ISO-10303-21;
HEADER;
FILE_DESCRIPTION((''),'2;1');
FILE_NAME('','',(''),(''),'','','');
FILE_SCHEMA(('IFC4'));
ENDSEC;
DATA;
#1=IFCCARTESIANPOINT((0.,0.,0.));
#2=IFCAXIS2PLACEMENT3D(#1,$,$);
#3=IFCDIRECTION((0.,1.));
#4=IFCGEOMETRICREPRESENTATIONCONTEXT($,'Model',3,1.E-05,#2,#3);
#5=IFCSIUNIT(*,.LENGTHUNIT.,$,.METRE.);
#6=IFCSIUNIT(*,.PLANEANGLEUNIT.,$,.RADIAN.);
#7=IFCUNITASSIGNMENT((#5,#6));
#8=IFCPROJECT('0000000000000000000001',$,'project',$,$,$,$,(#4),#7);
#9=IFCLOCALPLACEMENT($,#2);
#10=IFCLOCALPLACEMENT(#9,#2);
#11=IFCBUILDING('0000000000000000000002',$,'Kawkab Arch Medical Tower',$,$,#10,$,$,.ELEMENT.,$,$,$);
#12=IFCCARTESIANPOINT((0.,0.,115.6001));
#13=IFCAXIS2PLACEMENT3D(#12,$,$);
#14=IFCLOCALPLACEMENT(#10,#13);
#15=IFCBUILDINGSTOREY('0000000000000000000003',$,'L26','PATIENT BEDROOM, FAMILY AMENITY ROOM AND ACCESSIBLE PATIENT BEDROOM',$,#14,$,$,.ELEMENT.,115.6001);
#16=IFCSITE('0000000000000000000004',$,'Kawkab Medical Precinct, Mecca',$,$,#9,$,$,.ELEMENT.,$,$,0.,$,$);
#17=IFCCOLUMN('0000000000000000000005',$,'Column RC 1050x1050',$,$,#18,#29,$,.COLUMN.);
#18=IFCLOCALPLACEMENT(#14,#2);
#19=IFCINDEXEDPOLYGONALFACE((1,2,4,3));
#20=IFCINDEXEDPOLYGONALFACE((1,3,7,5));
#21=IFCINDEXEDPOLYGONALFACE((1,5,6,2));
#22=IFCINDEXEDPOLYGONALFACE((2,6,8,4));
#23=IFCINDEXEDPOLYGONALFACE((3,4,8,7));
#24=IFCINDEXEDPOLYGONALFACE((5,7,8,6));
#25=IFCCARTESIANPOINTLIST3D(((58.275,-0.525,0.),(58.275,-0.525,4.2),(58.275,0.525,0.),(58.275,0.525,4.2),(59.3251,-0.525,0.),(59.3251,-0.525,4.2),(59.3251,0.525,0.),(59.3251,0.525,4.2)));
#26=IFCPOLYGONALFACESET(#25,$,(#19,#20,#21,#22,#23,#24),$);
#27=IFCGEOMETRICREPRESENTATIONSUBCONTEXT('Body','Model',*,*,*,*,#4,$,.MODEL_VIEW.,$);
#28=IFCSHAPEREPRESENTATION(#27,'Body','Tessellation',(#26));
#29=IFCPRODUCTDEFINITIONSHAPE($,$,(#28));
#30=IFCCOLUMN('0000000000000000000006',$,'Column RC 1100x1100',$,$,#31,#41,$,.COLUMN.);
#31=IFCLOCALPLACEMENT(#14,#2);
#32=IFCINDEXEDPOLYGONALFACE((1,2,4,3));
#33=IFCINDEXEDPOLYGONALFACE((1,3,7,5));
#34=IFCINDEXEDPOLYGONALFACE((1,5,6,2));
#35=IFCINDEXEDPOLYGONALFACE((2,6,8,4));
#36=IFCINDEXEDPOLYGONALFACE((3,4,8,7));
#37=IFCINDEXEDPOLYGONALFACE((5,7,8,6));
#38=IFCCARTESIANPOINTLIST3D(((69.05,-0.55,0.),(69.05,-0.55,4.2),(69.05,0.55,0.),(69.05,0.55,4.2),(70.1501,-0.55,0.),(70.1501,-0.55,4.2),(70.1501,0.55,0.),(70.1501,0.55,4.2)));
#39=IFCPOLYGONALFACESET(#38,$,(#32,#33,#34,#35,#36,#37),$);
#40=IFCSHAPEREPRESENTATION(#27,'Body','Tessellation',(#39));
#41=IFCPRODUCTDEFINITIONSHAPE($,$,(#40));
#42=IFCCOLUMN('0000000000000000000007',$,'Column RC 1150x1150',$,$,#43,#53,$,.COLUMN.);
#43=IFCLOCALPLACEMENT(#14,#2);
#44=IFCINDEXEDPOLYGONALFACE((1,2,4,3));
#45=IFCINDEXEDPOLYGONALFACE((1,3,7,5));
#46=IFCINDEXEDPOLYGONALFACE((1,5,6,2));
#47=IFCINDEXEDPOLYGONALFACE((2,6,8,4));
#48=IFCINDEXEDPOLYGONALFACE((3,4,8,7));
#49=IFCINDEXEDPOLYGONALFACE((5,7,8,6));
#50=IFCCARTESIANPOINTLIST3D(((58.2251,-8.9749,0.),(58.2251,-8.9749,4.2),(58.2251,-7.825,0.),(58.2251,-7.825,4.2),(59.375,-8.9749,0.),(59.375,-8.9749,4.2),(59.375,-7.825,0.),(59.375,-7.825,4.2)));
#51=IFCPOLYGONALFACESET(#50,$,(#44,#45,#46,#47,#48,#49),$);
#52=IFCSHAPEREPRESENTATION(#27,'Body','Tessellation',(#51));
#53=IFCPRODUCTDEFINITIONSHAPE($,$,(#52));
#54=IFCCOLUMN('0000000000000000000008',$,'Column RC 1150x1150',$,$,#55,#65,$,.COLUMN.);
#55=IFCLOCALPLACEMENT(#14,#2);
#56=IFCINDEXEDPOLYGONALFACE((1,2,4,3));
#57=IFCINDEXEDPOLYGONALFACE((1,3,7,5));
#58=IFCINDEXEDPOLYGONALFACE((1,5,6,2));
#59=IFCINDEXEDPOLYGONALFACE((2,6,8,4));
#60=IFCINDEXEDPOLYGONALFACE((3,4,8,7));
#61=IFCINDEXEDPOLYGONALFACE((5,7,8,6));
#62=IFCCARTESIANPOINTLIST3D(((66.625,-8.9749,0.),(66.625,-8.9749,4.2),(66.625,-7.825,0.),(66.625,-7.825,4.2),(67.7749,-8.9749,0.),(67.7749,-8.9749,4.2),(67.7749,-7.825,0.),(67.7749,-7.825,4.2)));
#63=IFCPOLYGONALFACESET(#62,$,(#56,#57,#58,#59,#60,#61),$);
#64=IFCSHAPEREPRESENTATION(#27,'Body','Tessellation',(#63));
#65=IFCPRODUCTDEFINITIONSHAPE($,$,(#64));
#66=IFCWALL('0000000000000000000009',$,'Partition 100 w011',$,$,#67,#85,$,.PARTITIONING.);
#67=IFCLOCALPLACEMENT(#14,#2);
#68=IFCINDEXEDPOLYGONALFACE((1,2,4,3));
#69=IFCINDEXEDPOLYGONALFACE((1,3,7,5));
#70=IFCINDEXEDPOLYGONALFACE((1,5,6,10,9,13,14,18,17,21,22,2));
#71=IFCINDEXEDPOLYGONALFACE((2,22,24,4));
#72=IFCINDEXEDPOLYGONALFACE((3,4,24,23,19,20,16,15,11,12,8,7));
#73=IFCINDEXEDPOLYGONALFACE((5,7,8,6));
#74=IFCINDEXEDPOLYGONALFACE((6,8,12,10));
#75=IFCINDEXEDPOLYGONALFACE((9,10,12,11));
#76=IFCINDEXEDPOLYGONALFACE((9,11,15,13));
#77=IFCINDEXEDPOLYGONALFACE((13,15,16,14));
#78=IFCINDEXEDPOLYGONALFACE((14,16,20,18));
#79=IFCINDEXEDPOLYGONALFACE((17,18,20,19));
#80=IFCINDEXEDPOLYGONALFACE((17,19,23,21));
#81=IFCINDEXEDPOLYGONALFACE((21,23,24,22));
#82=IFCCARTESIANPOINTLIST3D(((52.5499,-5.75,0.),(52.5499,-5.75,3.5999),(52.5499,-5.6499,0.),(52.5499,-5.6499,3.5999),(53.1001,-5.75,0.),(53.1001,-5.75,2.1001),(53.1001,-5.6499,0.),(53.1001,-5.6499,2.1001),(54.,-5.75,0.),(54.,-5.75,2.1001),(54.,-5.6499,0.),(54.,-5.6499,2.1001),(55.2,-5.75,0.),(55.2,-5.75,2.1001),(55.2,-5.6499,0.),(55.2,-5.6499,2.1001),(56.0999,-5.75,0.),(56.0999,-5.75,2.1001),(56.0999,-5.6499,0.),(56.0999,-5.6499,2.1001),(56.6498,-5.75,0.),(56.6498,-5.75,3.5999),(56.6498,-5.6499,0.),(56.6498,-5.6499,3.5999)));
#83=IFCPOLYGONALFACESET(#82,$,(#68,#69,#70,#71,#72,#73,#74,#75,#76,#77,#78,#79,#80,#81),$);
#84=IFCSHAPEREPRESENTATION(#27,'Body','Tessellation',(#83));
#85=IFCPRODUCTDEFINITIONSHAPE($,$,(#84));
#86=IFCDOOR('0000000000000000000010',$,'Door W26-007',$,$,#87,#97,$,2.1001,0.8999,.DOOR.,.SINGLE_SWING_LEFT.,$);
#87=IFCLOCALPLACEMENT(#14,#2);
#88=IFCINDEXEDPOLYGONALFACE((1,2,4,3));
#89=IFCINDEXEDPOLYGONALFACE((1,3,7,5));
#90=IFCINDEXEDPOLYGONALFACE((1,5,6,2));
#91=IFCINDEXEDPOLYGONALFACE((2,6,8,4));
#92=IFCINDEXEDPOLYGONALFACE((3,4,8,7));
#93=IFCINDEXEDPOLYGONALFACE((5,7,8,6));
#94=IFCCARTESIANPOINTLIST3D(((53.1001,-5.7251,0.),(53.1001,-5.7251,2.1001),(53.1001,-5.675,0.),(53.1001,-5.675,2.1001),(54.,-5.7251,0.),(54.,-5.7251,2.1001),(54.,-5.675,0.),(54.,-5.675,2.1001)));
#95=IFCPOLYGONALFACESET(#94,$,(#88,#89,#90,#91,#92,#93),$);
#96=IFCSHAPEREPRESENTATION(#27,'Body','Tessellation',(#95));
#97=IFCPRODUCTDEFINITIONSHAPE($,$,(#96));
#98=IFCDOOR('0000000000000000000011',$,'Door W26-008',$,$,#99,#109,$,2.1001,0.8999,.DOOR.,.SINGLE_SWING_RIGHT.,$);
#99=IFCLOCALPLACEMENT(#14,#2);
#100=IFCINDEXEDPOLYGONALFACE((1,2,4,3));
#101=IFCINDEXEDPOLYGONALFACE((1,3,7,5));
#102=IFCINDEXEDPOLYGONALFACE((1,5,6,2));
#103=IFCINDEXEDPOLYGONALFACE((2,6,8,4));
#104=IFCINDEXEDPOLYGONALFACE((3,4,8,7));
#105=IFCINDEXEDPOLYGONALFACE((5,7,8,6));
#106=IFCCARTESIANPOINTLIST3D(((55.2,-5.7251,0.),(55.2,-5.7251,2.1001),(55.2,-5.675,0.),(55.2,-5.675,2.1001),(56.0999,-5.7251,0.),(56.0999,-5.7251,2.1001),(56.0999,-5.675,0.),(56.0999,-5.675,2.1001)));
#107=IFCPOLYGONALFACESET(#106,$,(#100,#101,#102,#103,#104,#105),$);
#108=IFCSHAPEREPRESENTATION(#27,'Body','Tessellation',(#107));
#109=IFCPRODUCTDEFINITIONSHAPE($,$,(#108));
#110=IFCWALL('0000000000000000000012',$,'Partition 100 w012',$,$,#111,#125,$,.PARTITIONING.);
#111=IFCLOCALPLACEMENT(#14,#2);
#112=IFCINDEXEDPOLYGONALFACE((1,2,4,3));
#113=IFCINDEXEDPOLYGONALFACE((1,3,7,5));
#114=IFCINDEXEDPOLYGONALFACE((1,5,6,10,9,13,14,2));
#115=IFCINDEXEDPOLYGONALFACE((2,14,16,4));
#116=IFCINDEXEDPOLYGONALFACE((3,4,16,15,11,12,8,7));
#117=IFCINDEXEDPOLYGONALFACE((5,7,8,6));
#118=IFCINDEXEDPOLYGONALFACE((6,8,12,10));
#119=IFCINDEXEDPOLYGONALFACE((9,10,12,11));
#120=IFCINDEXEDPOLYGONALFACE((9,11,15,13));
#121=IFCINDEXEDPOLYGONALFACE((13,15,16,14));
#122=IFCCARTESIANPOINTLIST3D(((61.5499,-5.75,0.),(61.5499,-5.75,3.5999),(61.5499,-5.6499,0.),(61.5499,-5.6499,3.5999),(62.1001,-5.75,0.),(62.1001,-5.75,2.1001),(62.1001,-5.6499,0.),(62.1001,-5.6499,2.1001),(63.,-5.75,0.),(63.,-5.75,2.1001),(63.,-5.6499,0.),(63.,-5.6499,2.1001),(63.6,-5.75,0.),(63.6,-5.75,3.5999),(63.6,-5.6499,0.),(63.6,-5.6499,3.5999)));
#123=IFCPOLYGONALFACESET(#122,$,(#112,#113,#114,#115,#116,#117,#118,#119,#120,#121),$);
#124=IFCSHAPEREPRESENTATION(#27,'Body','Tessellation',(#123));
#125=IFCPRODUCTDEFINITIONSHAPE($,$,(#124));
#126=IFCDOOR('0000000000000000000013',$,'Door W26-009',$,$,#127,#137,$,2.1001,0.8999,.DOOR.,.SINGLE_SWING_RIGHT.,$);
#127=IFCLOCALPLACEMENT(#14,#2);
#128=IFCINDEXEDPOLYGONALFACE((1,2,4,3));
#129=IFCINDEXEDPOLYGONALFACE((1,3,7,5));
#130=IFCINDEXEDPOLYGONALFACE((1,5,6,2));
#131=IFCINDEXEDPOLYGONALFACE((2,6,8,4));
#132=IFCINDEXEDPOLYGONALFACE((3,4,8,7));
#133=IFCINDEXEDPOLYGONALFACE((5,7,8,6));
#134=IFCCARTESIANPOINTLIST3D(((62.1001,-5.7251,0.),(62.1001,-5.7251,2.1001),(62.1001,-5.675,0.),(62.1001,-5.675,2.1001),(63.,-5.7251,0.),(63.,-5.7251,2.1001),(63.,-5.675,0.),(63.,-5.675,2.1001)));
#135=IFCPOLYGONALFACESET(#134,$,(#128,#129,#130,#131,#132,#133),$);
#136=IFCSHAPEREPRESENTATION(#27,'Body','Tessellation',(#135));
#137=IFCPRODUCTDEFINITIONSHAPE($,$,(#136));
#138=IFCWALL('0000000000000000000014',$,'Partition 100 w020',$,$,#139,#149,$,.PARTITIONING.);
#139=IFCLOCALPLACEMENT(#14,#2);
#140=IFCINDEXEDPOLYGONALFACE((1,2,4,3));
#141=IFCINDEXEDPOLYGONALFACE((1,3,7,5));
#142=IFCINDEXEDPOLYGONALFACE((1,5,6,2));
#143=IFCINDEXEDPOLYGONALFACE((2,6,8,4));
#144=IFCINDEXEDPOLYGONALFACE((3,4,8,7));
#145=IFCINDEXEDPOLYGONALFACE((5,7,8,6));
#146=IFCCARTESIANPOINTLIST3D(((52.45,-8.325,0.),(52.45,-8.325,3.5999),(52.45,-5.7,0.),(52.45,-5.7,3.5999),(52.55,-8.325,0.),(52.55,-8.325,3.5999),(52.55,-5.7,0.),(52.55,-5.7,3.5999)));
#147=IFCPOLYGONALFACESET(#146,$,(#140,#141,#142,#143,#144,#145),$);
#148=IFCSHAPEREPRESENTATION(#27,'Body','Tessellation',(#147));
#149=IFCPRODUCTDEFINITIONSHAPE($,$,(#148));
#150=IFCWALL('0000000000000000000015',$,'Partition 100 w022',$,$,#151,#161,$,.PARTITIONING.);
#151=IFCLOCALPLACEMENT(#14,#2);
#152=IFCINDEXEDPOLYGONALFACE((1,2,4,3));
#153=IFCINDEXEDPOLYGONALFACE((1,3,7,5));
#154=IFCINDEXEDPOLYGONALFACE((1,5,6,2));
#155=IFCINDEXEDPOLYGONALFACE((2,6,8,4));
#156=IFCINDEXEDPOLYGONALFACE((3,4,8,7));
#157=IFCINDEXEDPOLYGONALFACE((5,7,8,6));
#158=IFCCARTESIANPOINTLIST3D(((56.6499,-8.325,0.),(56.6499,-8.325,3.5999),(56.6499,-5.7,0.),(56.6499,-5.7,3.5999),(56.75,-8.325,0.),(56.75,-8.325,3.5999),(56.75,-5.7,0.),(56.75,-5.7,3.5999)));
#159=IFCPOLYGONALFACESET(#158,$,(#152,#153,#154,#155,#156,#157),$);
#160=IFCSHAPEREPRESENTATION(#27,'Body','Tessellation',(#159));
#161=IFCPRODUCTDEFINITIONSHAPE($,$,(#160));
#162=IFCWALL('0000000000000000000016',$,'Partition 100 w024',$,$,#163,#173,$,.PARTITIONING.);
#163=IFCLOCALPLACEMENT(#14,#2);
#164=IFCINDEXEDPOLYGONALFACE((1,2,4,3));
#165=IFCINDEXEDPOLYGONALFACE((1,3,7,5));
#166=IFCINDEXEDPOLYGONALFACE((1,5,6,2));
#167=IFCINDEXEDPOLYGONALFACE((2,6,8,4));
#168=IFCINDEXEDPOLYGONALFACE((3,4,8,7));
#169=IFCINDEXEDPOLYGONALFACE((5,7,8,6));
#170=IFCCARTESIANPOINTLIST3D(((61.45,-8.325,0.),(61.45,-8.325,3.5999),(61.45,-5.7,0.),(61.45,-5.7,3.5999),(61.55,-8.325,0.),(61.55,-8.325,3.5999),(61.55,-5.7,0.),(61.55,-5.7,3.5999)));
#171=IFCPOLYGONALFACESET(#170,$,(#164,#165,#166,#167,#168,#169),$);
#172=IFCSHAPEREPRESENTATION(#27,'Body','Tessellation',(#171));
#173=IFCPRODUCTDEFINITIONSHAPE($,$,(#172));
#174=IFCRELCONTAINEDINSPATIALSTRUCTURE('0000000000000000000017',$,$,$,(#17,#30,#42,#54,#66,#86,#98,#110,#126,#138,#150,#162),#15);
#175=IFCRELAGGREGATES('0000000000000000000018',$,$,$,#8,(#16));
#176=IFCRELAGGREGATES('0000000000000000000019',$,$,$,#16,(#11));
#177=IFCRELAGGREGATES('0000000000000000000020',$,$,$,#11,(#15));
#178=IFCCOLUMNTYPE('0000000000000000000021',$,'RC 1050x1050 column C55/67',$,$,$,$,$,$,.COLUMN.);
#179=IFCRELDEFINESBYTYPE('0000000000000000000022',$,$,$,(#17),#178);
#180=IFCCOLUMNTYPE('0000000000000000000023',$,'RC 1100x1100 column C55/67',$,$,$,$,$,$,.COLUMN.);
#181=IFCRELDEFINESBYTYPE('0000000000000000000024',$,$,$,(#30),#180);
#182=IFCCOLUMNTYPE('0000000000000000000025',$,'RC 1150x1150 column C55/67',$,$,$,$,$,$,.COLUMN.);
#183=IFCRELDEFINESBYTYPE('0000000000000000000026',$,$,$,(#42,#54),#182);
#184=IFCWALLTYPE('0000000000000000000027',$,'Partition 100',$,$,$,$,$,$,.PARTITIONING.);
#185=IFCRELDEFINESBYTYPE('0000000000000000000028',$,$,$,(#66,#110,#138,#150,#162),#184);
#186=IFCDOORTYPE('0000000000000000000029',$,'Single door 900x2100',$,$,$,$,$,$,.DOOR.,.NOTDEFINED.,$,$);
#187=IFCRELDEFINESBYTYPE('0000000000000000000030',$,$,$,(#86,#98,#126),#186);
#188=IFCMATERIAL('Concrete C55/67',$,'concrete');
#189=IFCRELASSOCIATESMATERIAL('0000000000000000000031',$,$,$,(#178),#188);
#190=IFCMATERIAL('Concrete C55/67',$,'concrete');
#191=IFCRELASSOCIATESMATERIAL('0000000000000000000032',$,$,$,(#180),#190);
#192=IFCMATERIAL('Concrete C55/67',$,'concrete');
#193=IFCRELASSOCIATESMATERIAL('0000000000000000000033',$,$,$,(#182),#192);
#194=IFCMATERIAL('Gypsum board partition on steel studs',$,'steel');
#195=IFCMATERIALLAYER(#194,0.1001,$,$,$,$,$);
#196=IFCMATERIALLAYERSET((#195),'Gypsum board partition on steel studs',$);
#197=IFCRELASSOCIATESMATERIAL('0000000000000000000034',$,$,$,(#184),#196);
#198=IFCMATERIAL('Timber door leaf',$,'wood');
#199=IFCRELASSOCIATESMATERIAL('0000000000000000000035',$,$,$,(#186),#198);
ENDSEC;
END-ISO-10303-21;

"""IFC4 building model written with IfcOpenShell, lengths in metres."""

from ifc_helpers import new_model, si_unit, direction, frame, frame_2d, origin, origin_2d, place, context, subcontext, project, spatial, rectangle, extrude, material, layer, layer_set, material_profile, profile_set, type_object, element, fill, save


model = new_model("IFC4")

# Units and contexts
model_context = context("Model", 3, precision=1e-05, world=origin(), true_north=direction((0.0, 1.0)))
body_context = subcontext(model_context, "Body", "Model", "MODEL_VIEW")
ifc_project = project(units=[si_unit("LENGTHUNIT", "METRE"), si_unit("PLANEANGLEUNIT", "RADIAN")], contexts=[model_context])

# Site, building, storey
site_placement = place(None, origin())
site = spatial("IfcSite", under=ifc_project, at=site_placement, Name="Kawkab Medical Precinct, Mecca", CompositionType="ELEMENT", RefElevation=0.0)
building_placement = place(site_placement, origin())
building = spatial("IfcBuilding", under=site, at=building_placement, Name="Kawkab Arch Medical Tower", CompositionType="ELEMENT")
storey_placement = place(building_placement, frame((0.0, 0.0, 115.6001)))
storey = spatial("IfcBuildingStorey", under=building, at=storey_placement, Name="L26", Description="PATIENT BEDROOM, FAMILY AMENITY ROOM AND ACCESSIBLE PATIENT BEDROOM", CompositionType="ELEMENT", Elevation=115.6001)

# Columns
ifc_material_1 = material(Name="Concrete C55/67", Category="concrete")
ifc_material_profile_1 = material_profile(ifc_material_1, rectangle(XDim=1.05, YDim=1.05, at=origin_2d()), Name="RC 1050x1050")
ifc_profile_set_1 = profile_set([ifc_material_profile_1], Name="Concrete C55/67")
column_type_1 = type_object("IfcColumnType", Name="RC 1050x1050 column C55/67", PredefinedType="COLUMN", material=ifc_profile_set_1)
column_1_placement = place(storey_placement, frame((58.8, 0.0, 0.0), z_axis=(0.0, 0.0, 1.0), x_axis=(1.0, 0.0, 0.0)))
element("IfcColumn", 1, at=column_1_placement, inside=storey, type_object=column_type_1, Name="Column RC 1050x1050", PredefinedType="COLUMN", context=body_context, shape_type="SweptSolid", body=[
    extrude(rectangle(XDim=1.05, YDim=1.05, at=origin_2d()), origin(), (0.0, 0.0, 1.0), 4.2),
])
ifc_material_2 = material(Name="Concrete C55/67", Category="concrete")
ifc_material_profile_2 = material_profile(ifc_material_2, rectangle(XDim=1.1001, YDim=1.1001, at=origin_2d()), Name="RC 1100x1100")
ifc_profile_set_2 = profile_set([ifc_material_profile_2], Name="Concrete C55/67")
column_type_2 = type_object("IfcColumnType", Name="RC 1100x1100 column C55/67", PredefinedType="COLUMN", material=ifc_profile_set_2)
column_2_placement = place(storey_placement, frame((69.6001, 0.0, 0.0), z_axis=(0.0, 0.0, 1.0), x_axis=(1.0, 0.0, 0.0)))
element("IfcColumn", 2, at=column_2_placement, inside=storey, type_object=column_type_2, Name="Column RC 1100x1100", PredefinedType="COLUMN", context=body_context, shape_type="SweptSolid", body=[
    extrude(rectangle(XDim=1.1001, YDim=1.1001, at=origin_2d()), origin(), (0.0, 0.0, 1.0), 4.2),
])
ifc_material_3 = material(Name="Concrete C55/67", Category="concrete")
ifc_material_profile_3 = material_profile(ifc_material_3, rectangle(XDim=1.1499, YDim=1.1499, at=origin_2d()), Name="RC 1150x1150")
ifc_profile_set_3 = profile_set([ifc_material_profile_3], Name="Concrete C55/67")
column_type_3 = type_object("IfcColumnType", Name="RC 1150x1150 column C55/67", PredefinedType="COLUMN", material=ifc_profile_set_3)
for number, where, z_axis, x_axis, name in (
    (3, (58.8, -8.3999, 0.0), (0.0, 0.0, 1.0), (1.0, 0.0, 0.0), "Column RC 1150x1150"),
    (4, (67.2, -8.3999, 0.0), (0.0, 0.0, 1.0), (1.0, 0.0, 0.0), "Column RC 1150x1150"),
):
    element("IfcColumn", number, at=place(storey_placement, frame(where, z_axis=z_axis, x_axis=x_axis)), inside=storey, type_object=column_type_3, Name=name, PredefinedType="COLUMN", context=body_context, shape_type="SweptSolid", body=[
        extrude(rectangle(XDim=1.1499, YDim=1.1499, at=origin_2d()), origin(), (0.0, 0.0, 1.0), 4.2),
    ])

# Wall, openings, doors
ifc_material_4 = material(Name="Gypsum board partition on steel studs", Category="steel")
ifc_layer_1 = layer(ifc_material_4, 0.1001)
ifc_layer_set_1 = layer_set([ifc_layer_1], Name="Gypsum board partition on steel studs")
wall_type_1 = type_object("IfcWallType", Name="Partition 100", PredefinedType="PARTITIONING", material=ifc_layer_set_1)
wall_1_placement = place(storey_placement, frame((52.55, -5.7, 0.0), z_axis=(0.0, 0.0, 1.0), x_axis=(1.0, 0.0, 0.0)))
wall_1 = element("IfcWall", 5, at=wall_1_placement, inside=storey, type_object=wall_type_1, Name="Partition 100 w011", PredefinedType="PARTITIONING", context=body_context, shape_type="SweptSolid", body=[
    extrude(rectangle(XDim=4.0999, YDim=0.1001, at=frame_2d((2.0498, 0.0))), origin(), (0.0, 0.0, 1.0), 3.5999),
])
opening_1_placement = place(wall_1_placement, frame((0.55, 0.0, 0.0)))
opening_1 = element("IfcOpeningElement", 6, at=opening_1_placement, cuts=wall_1, PredefinedType="OPENING", context=body_context, shape_type="SweptSolid", body=[
    extrude(rectangle(XDim=0.8999, YDim=2.1001, at=frame_2d((0.45, 1.05))), frame((0.0, 0.0601, 0.0), z_axis=(0.0, -1.0, 0.0), x_axis=(1.0, 0.0, 0.0)), (0.0, 0.0, 1.0), 0.1201),
])
opening_2_placement = place(wall_1_placement, frame((2.6499, 0.0, 0.0)))
opening_2 = element("IfcOpeningElement", 7, at=opening_2_placement, cuts=wall_1, PredefinedType="OPENING", context=body_context, shape_type="SweptSolid", body=[
    extrude(rectangle(XDim=0.8999, YDim=2.1001, at=frame_2d((0.45, 1.05))), frame((0.0, 0.0601, 0.0), z_axis=(0.0, -1.0, 0.0), x_axis=(1.0, 0.0, 0.0)), (0.0, 0.0, 1.0), 0.1201),
])
ifc_material_5 = material(Name="Timber door leaf", Category="wood")
door_type_1 = type_object("IfcDoorType", Name="Single door 900x2100", OperationType="NOTDEFINED", PredefinedType="DOOR", material=ifc_material_5)
door_1_placement = place(opening_1_placement, origin())
door_1 = element("IfcDoor", 8, at=door_1_placement, inside=storey, type_object=door_type_1, Name="Door W26-007", OperationType="SINGLE_SWING_LEFT", OverallHeight=2.1001, OverallWidth=0.8999, PredefinedType="DOOR", context=body_context, shape_type="SweptSolid", body=[
    extrude(rectangle(XDim=0.8999, YDim=2.1001, at=frame_2d((0.45, 1.05))), frame((0.0, 0.0249, 0.0), z_axis=(0.0, -1.0, 0.0), x_axis=(1.0, 0.0, 0.0)), (0.0, 0.0, 1.0), 0.05),
])
fill(opening_1, door_1)
door_2_placement = place(opening_2_placement, origin())
door_2 = element("IfcDoor", 9, at=door_2_placement, inside=storey, type_object=door_type_1, Name="Door W26-008", OperationType="SINGLE_SWING_RIGHT", OverallHeight=2.1001, OverallWidth=0.8999, PredefinedType="DOOR", context=body_context, shape_type="SweptSolid", body=[
    extrude(rectangle(XDim=0.8999, YDim=2.1001, at=frame_2d((0.45, 1.05))), frame((0.0, 0.0249, 0.0), z_axis=(0.0, -1.0, 0.0), x_axis=(1.0, 0.0, 0.0)), (0.0, 0.0, 1.0), 0.05),
])
fill(opening_2, door_2)

# Wall, opening, door
wall_2_placement = place(storey_placement, frame((61.55, -5.7, 0.0), z_axis=(0.0, 0.0, 1.0), x_axis=(1.0, 0.0, 0.0)))
wall_2 = element("IfcWall", 10, at=wall_2_placement, inside=storey, type_object=wall_type_1, Name="Partition 100 w012", PredefinedType="PARTITIONING", context=body_context, shape_type="SweptSolid", body=[
    extrude(rectangle(XDim=2.05, YDim=0.1001, at=frame_2d((1.0249, 0.0))), origin(), (0.0, 0.0, 1.0), 3.5999),
])
opening_3_placement = place(wall_2_placement, frame((0.55, 0.0, 0.0)))
opening_3 = element("IfcOpeningElement", 11, at=opening_3_placement, cuts=wall_2, PredefinedType="OPENING", context=body_context, shape_type="SweptSolid", body=[
    extrude(rectangle(XDim=0.8999, YDim=2.1001, at=frame_2d((0.45, 1.05))), frame((0.0, 0.0601, 0.0), z_axis=(0.0, -1.0, 0.0), x_axis=(1.0, 0.0, 0.0)), (0.0, 0.0, 1.0), 0.1201),
])
door_3_placement = place(opening_3_placement, origin())
door_3 = element("IfcDoor", 12, at=door_3_placement, inside=storey, type_object=door_type_1, Name="Door W26-009", OperationType="SINGLE_SWING_RIGHT", OverallHeight=2.1001, OverallWidth=0.8999, PredefinedType="DOOR", context=body_context, shape_type="SweptSolid", body=[
    extrude(rectangle(XDim=0.8999, YDim=2.1001, at=frame_2d((0.45, 1.05))), frame((0.0, 0.0249, 0.0), z_axis=(0.0, -1.0, 0.0), x_axis=(1.0, 0.0, 0.0)), (0.0, 0.0, 1.0), 0.05),
])
fill(opening_3, door_3)

# Walls
for number, where, z_axis, x_axis, name in (
    (13, (52.5, -8.325, 0.0), (0.0, 0.0, 1.0), (0.0, 1.0, 0.0), "Partition 100 w020"),
    (14, (56.7, -8.325, 0.0), (0.0, 0.0, 1.0), (0.0, 1.0, 0.0), "Partition 100 w022"),
    (15, (61.5, -8.325, 0.0), (0.0, 0.0, 1.0), (0.0, 1.0, 0.0), "Partition 100 w024"),
):
    element("IfcWall", number, at=place(storey_placement, frame(where, z_axis=z_axis, x_axis=x_axis)), inside=storey, type_object=wall_type_1, Name=name, PredefinedType="PARTITIONING", context=body_context, shape_type="SweptSolid", body=[
        extrude(rectangle(XDim=2.625, YDim=0.1001, at=frame_2d((1.3125, 0.0))), origin(), (0.0, 0.0, 1.0), 3.5999),
    ])

save(model, "model.ifc")
